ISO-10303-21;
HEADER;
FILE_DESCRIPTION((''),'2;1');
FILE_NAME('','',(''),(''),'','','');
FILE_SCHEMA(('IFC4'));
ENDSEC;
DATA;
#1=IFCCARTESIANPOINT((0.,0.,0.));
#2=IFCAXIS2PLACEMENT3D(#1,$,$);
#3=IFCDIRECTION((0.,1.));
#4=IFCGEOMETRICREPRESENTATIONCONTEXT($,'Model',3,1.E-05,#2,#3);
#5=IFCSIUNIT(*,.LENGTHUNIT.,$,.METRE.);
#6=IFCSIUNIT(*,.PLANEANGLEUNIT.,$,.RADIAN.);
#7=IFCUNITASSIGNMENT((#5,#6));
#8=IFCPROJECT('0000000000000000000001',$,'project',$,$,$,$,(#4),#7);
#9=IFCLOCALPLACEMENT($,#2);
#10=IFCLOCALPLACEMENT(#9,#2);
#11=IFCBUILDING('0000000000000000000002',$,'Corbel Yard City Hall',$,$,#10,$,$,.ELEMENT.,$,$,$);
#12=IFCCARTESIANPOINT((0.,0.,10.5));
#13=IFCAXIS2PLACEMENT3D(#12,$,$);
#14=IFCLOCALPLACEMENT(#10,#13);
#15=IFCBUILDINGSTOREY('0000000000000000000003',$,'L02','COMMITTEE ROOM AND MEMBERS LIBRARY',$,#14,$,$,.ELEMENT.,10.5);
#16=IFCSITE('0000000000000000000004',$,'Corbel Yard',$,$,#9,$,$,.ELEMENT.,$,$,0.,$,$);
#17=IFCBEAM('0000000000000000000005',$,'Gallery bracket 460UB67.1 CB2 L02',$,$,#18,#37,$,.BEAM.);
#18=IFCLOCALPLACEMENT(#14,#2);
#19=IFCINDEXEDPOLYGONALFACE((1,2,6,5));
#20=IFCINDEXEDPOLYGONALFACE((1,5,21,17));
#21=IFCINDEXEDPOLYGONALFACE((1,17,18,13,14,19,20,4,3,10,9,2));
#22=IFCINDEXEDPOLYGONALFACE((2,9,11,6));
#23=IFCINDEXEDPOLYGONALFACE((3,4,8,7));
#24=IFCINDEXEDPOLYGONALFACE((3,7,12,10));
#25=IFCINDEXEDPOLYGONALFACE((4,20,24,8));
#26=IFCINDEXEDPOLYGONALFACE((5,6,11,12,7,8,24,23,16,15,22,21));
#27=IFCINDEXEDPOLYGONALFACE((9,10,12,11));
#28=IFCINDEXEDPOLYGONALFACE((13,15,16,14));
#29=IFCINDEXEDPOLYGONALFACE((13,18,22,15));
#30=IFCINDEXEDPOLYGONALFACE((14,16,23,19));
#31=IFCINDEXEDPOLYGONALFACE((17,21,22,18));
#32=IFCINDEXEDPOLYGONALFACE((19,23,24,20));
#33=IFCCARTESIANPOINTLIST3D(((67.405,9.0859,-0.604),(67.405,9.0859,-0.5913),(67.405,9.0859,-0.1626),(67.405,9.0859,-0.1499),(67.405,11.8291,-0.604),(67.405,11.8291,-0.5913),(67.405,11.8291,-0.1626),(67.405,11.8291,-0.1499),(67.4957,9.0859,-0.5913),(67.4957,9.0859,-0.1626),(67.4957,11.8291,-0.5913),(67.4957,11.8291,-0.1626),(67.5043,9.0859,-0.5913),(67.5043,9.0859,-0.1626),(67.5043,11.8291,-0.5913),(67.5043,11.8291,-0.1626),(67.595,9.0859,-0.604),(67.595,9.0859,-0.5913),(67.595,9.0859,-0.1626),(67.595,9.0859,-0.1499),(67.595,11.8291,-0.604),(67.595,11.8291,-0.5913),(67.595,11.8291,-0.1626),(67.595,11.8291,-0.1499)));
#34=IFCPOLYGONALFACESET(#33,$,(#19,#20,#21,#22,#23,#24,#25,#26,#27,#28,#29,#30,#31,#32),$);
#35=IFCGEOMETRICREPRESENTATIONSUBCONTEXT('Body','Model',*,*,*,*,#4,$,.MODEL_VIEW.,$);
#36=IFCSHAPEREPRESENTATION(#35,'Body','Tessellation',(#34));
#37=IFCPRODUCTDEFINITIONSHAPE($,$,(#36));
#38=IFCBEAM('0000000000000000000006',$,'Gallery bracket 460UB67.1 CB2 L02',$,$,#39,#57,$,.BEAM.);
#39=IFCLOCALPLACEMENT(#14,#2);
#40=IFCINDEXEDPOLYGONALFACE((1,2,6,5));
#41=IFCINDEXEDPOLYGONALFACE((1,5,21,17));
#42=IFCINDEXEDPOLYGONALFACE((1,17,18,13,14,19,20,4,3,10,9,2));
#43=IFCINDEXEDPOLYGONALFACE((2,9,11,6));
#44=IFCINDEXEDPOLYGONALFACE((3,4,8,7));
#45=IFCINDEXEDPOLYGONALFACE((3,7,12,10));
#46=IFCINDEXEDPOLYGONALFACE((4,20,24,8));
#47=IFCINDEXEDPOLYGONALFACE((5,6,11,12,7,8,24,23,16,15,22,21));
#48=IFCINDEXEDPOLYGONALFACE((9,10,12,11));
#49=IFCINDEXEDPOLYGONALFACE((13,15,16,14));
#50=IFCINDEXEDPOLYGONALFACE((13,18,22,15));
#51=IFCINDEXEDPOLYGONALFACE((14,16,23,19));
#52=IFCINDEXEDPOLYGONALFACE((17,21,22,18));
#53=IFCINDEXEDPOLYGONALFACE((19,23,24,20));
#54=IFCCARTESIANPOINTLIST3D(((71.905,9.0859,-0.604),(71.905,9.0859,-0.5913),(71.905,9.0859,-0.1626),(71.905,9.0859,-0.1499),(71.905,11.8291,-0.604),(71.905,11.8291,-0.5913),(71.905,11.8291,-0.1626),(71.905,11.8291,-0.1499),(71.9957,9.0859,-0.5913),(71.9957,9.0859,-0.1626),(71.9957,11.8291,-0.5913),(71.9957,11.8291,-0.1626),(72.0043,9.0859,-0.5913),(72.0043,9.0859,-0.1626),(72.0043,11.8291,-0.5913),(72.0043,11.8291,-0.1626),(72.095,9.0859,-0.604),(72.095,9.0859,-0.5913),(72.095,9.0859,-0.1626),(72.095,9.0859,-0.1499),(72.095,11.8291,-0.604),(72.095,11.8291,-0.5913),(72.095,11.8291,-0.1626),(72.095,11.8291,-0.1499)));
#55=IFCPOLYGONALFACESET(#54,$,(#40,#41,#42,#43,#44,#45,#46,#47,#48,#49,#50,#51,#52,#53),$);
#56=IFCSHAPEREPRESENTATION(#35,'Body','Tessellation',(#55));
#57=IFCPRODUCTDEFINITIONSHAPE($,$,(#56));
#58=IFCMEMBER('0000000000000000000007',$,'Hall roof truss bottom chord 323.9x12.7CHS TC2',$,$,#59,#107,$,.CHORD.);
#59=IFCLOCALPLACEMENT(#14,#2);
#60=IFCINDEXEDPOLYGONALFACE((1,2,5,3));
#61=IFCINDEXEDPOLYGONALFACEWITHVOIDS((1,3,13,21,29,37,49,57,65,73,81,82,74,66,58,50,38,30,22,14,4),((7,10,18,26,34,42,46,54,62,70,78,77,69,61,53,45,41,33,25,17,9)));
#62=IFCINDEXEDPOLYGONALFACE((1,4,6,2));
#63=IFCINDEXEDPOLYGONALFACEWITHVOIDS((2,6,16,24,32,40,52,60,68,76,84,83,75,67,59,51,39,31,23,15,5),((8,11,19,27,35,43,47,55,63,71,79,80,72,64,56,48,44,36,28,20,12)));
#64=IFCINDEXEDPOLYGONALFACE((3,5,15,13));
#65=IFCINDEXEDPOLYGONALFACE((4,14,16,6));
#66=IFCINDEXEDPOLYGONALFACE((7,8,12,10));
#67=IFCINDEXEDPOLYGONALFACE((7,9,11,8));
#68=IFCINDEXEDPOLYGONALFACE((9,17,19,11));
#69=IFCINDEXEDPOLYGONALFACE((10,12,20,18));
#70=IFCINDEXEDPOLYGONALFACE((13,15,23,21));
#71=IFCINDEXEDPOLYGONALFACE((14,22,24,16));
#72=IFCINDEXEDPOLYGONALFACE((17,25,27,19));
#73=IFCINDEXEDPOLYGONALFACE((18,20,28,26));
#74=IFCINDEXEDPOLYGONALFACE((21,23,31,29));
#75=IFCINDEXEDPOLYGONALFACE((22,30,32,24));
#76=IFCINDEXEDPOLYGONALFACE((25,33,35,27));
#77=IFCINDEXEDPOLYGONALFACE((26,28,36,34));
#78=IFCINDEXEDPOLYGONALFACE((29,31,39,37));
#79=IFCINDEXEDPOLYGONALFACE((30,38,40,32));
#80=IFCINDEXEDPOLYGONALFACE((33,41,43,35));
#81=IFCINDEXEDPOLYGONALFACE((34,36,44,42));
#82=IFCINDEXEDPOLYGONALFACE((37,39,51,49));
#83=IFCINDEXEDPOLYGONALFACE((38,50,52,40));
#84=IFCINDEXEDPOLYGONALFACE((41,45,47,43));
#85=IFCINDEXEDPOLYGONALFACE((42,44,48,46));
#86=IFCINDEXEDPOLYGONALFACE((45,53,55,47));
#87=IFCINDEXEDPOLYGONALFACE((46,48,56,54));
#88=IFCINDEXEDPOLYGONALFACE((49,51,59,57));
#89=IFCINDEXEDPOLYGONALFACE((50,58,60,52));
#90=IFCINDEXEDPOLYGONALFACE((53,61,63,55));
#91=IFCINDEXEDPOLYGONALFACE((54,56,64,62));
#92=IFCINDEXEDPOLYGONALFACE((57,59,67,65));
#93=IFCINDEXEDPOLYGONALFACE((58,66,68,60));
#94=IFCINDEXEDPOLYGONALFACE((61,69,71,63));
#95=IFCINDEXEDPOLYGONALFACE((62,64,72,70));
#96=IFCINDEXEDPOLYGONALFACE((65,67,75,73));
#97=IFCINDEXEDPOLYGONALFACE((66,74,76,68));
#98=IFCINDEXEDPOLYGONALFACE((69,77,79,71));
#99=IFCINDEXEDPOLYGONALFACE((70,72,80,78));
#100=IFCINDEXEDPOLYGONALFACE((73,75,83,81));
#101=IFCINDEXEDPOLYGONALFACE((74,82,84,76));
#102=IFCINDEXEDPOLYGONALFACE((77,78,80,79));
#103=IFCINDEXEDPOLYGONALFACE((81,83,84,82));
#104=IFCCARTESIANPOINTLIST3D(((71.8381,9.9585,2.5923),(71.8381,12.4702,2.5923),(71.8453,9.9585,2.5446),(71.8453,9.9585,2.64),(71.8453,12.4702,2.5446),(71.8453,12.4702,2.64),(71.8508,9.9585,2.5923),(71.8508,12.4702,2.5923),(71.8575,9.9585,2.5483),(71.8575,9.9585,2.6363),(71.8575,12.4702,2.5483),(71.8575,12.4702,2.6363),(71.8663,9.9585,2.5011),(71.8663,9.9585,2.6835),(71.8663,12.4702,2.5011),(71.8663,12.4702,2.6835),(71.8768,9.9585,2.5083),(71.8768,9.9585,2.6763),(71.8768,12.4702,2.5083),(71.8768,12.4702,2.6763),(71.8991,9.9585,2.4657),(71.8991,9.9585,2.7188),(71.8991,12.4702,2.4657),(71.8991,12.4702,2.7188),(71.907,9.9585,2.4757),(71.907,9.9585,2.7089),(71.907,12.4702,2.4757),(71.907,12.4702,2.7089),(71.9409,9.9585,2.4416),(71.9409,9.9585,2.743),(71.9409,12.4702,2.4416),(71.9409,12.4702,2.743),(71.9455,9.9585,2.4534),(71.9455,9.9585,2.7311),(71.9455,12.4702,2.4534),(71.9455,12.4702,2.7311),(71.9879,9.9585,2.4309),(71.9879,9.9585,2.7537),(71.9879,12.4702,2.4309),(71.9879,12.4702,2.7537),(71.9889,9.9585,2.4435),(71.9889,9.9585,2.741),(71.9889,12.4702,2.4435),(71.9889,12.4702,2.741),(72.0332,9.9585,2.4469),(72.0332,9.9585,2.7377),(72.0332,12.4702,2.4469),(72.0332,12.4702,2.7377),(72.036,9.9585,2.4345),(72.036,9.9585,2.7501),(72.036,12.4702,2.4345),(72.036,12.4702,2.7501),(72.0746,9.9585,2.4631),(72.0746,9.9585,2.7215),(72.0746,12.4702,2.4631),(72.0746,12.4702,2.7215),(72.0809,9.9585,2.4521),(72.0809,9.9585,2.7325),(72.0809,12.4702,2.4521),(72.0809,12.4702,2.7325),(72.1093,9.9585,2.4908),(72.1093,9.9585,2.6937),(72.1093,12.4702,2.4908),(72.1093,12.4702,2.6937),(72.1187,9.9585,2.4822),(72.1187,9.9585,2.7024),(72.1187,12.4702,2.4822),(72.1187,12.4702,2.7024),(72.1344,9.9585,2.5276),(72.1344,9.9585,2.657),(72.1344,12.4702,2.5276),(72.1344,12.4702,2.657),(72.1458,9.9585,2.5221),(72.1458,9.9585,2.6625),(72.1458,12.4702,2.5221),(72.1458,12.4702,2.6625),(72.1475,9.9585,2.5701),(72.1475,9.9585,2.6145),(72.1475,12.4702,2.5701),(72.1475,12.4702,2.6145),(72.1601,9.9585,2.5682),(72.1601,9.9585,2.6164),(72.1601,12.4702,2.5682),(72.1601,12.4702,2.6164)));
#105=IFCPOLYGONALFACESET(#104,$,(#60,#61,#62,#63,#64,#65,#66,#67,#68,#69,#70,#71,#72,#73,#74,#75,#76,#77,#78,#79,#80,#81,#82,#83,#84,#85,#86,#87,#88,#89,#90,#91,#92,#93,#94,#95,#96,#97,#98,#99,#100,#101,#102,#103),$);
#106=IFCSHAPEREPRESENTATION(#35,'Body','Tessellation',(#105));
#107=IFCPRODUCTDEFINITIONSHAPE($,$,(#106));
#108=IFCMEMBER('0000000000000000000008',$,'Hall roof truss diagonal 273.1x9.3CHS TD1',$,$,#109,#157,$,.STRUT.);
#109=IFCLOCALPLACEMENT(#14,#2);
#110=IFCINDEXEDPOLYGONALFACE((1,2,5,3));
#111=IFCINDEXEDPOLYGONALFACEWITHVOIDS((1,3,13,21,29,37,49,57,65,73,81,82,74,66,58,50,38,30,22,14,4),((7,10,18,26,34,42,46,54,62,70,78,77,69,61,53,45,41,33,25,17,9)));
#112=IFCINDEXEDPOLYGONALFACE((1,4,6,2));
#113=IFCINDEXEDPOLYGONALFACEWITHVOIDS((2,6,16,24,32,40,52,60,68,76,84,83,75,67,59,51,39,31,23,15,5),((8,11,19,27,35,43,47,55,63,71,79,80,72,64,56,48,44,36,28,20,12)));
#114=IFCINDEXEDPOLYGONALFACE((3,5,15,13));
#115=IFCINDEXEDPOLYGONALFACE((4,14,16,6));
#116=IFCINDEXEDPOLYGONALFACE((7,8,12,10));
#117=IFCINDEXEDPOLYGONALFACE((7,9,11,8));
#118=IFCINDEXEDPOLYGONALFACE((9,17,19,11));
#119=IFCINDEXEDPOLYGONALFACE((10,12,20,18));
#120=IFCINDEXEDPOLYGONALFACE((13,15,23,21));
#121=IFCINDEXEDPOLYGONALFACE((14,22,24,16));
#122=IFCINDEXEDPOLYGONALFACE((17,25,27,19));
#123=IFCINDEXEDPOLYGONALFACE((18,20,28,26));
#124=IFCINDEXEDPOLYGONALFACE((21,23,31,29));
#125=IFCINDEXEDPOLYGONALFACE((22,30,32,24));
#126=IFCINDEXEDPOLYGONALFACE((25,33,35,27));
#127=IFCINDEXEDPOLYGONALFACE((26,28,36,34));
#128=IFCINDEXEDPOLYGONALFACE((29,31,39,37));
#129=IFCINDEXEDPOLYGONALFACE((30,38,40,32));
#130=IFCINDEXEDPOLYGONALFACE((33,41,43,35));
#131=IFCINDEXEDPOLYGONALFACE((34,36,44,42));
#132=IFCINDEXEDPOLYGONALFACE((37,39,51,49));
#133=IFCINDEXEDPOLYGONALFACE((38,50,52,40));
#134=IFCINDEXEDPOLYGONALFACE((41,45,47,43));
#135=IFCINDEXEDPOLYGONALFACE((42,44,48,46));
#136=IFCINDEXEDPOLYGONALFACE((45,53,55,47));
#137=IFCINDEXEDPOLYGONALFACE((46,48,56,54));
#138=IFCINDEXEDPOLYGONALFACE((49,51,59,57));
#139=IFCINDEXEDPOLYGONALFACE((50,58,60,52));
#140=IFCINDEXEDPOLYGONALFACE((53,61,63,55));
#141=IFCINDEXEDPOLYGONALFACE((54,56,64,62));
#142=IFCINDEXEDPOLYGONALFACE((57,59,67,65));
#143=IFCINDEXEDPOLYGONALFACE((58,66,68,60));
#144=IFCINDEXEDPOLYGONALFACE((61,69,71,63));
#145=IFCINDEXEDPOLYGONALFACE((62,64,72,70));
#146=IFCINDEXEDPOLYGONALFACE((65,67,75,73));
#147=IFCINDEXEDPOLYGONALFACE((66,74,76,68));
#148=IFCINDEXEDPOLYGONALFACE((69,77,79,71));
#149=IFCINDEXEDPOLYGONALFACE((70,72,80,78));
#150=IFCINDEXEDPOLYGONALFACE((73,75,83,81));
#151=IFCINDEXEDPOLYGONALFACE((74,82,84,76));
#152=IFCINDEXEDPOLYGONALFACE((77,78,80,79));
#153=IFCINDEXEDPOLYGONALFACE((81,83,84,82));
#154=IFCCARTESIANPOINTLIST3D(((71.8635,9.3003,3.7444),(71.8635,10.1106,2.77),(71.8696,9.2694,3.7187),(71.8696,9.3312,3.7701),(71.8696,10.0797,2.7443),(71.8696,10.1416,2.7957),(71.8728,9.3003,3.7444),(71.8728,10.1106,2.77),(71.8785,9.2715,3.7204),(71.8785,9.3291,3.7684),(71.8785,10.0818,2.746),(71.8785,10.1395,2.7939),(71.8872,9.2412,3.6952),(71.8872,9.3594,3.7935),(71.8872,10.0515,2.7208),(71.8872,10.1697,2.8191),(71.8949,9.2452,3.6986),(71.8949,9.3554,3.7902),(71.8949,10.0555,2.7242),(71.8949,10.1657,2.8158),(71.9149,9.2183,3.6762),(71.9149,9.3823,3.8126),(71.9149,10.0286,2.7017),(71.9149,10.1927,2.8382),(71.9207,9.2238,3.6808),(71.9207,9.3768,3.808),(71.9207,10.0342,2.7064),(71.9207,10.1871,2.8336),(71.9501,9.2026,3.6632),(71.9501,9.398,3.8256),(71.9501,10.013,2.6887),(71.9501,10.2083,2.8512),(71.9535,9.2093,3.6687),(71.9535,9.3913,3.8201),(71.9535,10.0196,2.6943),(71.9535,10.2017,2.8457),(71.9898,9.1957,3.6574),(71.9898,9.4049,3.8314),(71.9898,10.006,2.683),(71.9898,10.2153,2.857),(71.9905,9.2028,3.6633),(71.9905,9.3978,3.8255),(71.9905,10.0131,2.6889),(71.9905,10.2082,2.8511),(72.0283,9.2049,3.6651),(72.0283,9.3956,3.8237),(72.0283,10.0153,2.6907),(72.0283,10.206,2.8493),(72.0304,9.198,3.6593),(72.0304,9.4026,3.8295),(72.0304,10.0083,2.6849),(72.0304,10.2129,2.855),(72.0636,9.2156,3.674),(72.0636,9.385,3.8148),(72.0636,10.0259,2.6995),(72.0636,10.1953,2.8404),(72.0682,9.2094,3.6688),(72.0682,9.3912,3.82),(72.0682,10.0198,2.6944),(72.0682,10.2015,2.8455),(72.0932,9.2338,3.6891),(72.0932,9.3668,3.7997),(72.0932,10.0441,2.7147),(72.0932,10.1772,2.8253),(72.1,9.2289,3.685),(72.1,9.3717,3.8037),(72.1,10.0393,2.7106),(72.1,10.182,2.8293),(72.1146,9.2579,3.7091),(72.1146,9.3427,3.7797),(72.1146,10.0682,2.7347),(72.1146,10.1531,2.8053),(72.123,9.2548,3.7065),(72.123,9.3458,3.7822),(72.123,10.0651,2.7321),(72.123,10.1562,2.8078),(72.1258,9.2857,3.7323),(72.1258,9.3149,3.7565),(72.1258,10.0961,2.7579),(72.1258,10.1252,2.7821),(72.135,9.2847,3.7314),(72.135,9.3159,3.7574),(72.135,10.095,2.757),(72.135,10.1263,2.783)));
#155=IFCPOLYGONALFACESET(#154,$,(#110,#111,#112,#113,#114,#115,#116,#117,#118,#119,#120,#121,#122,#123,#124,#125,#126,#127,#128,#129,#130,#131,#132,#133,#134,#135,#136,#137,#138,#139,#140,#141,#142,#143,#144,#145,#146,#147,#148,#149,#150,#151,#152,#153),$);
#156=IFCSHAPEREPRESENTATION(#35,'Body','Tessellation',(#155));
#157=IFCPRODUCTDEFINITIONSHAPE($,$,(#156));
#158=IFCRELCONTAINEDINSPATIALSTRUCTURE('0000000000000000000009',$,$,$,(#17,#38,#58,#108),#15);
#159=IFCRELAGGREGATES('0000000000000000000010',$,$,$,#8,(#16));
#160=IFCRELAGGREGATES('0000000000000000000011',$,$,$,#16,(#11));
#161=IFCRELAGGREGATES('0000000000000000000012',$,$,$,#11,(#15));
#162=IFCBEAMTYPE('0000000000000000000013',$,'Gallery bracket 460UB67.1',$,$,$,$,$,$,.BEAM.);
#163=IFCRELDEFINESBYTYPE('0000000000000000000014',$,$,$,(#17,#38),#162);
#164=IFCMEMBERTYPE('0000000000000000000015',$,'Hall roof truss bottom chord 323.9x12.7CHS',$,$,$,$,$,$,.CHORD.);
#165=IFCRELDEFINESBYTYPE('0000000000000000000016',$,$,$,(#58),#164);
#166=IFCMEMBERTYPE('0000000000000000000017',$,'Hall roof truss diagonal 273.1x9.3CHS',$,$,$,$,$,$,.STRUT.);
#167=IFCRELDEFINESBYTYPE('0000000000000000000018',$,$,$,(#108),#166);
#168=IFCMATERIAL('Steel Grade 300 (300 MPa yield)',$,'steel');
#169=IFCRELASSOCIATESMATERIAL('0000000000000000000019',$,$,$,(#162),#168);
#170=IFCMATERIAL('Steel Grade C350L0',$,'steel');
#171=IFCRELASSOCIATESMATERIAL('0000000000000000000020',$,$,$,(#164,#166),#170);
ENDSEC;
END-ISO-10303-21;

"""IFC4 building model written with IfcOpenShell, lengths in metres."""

from ifc_helpers import new_model, si_unit, direction, frame, origin, origin_2d, place, context, subcontext, project, spatial, hollow_circle, i_section, extrude, material, material_profile, profile_set, type_object, element, save


model = new_model("IFC4")

# Units and contexts
model_context = context("Model", 3, precision=1e-05, world=origin(), true_north=direction((0.0, 1.0)))
body_context = subcontext(model_context, "Body", "Model", "MODEL_VIEW")
ifc_project = project(units=[si_unit("LENGTHUNIT", "METRE"), si_unit("PLANEANGLEUNIT", "RADIAN")], contexts=[model_context])

# Site, building, storey
site_placement = place(None, origin())
site = spatial("IfcSite", under=ifc_project, at=site_placement, Name="Corbel Yard", CompositionType="ELEMENT", RefElevation=0.0)
building_placement = place(site_placement, origin())
building = spatial("IfcBuilding", under=site, at=building_placement, Name="Corbel Yard City Hall", CompositionType="ELEMENT")
storey_placement = place(building_placement, frame((0.0, 0.0, 10.5)))
storey = spatial("IfcBuildingStorey", under=building, at=storey_placement, Name="L02", Description="COMMITTEE ROOM AND MEMBERS LIBRARY", CompositionType="ELEMENT", Elevation=10.5)

# Shared definitions
ifc_material_1 = material(Name="Steel Grade 300 (300 MPa yield)", Category="steel")

# Shared definitions
ifc_material_2 = material(Name="Steel Grade C350L0", Category="steel")

# Beams
ifc_material_profile_1 = material_profile(ifc_material_1, i_section(OverallWidth=0.1899, OverallDepth=0.4541, WebThickness=0.0085, FlangeThickness=0.0127, at=origin_2d()), Name="460UB67.1")
ifc_profile_set_1 = profile_set([ifc_material_profile_1], Name="Steel Grade 300 (300 MPa yield)")
beam_type_1 = type_object("IfcBeamType", Name="Gallery bracket 460UB67.1", PredefinedType="BEAM", material=ifc_profile_set_1)
for number, where, z_axis, x_axis, name in (
    (1, (67.5, 9.0859, -0.377), (0.0, 1.0, 0.0), (-1.0, 0.0, 0.0), "Gallery bracket 460UB67.1 CB2 L02"),
    (2, (72.0, 9.0859, -0.377), (0.0, 1.0, 0.0), (-1.0, 0.0, 0.0), "Gallery bracket 460UB67.1 CB2 L02"),
):
    element("IfcBeam", number, at=place(storey_placement, frame(where, z_axis=z_axis, x_axis=x_axis)), inside=storey, type_object=beam_type_1, Name=name, PredefinedType="BEAM", context=body_context, shape_type="SweptSolid", body=[
        extrude(i_section(OverallWidth=0.1899, OverallDepth=0.4541, WebThickness=0.0085, FlangeThickness=0.0127, at=origin_2d()), origin(), (0.0, 0.0, 1.0), 2.7432),
    ])

# Members
ifc_material_profile_2 = material_profile(ifc_material_2, hollow_circle(Radius=0.1619, WallThickness=0.0127, at=origin_2d()), Name="323.9x12.7CHS")
ifc_profile_set_2 = profile_set([ifc_material_profile_2], Name="Steel Grade C350L0")
member_type_1 = type_object("IfcMemberType", Name="Hall roof truss bottom chord 323.9x12.7CHS", PredefinedType="CHORD", material=ifc_profile_set_2)
member_1_placement = place(storey_placement, frame((72.0, 9.9585, 2.5923), z_axis=(0.0, 1.0, 0.0), x_axis=(-1.0, 0.0, 0.0)))
element("IfcMember", 3, at=member_1_placement, inside=storey, type_object=member_type_1, Name="Hall roof truss bottom chord 323.9x12.7CHS TC2", PredefinedType="CHORD", context=body_context, shape_type="SweptSolid", body=[
    extrude(hollow_circle(Radius=0.1619, WallThickness=0.0127, at=origin_2d()), origin(), (0.0, 0.0, 1.0), 2.5117),
])
ifc_material_profile_3 = material_profile(ifc_material_2, hollow_circle(Radius=0.1365, WallThickness=0.0093, at=origin_2d()), Name="273.1x9.3CHS")
ifc_profile_set_3 = profile_set([ifc_material_profile_3], Name="Steel Grade C350L0")
member_type_2 = type_object("IfcMemberType", Name="Hall roof truss diagonal 273.1x9.3CHS", PredefinedType="STRUT", material=ifc_profile_set_3)
member_2_placement = place(storey_placement, frame((72.0, 9.3003, 3.7444), z_axis=(0.0, 0.639407, -0.768868), x_axis=(-1.0, 0.0, 0.0)))
element("IfcMember", 4, at=member_2_placement, inside=storey, type_object=member_type_2, Name="Hall roof truss diagonal 273.1x9.3CHS TD1", PredefinedType="STRUT", context=body_context, shape_type="SweptSolid", body=[
    extrude(hollow_circle(Radius=0.1365, WallThickness=0.0093, at=origin_2d()), origin(), (0.0, 0.0, 1.0), 1.2673),
])

save(model, "model.ifc")
